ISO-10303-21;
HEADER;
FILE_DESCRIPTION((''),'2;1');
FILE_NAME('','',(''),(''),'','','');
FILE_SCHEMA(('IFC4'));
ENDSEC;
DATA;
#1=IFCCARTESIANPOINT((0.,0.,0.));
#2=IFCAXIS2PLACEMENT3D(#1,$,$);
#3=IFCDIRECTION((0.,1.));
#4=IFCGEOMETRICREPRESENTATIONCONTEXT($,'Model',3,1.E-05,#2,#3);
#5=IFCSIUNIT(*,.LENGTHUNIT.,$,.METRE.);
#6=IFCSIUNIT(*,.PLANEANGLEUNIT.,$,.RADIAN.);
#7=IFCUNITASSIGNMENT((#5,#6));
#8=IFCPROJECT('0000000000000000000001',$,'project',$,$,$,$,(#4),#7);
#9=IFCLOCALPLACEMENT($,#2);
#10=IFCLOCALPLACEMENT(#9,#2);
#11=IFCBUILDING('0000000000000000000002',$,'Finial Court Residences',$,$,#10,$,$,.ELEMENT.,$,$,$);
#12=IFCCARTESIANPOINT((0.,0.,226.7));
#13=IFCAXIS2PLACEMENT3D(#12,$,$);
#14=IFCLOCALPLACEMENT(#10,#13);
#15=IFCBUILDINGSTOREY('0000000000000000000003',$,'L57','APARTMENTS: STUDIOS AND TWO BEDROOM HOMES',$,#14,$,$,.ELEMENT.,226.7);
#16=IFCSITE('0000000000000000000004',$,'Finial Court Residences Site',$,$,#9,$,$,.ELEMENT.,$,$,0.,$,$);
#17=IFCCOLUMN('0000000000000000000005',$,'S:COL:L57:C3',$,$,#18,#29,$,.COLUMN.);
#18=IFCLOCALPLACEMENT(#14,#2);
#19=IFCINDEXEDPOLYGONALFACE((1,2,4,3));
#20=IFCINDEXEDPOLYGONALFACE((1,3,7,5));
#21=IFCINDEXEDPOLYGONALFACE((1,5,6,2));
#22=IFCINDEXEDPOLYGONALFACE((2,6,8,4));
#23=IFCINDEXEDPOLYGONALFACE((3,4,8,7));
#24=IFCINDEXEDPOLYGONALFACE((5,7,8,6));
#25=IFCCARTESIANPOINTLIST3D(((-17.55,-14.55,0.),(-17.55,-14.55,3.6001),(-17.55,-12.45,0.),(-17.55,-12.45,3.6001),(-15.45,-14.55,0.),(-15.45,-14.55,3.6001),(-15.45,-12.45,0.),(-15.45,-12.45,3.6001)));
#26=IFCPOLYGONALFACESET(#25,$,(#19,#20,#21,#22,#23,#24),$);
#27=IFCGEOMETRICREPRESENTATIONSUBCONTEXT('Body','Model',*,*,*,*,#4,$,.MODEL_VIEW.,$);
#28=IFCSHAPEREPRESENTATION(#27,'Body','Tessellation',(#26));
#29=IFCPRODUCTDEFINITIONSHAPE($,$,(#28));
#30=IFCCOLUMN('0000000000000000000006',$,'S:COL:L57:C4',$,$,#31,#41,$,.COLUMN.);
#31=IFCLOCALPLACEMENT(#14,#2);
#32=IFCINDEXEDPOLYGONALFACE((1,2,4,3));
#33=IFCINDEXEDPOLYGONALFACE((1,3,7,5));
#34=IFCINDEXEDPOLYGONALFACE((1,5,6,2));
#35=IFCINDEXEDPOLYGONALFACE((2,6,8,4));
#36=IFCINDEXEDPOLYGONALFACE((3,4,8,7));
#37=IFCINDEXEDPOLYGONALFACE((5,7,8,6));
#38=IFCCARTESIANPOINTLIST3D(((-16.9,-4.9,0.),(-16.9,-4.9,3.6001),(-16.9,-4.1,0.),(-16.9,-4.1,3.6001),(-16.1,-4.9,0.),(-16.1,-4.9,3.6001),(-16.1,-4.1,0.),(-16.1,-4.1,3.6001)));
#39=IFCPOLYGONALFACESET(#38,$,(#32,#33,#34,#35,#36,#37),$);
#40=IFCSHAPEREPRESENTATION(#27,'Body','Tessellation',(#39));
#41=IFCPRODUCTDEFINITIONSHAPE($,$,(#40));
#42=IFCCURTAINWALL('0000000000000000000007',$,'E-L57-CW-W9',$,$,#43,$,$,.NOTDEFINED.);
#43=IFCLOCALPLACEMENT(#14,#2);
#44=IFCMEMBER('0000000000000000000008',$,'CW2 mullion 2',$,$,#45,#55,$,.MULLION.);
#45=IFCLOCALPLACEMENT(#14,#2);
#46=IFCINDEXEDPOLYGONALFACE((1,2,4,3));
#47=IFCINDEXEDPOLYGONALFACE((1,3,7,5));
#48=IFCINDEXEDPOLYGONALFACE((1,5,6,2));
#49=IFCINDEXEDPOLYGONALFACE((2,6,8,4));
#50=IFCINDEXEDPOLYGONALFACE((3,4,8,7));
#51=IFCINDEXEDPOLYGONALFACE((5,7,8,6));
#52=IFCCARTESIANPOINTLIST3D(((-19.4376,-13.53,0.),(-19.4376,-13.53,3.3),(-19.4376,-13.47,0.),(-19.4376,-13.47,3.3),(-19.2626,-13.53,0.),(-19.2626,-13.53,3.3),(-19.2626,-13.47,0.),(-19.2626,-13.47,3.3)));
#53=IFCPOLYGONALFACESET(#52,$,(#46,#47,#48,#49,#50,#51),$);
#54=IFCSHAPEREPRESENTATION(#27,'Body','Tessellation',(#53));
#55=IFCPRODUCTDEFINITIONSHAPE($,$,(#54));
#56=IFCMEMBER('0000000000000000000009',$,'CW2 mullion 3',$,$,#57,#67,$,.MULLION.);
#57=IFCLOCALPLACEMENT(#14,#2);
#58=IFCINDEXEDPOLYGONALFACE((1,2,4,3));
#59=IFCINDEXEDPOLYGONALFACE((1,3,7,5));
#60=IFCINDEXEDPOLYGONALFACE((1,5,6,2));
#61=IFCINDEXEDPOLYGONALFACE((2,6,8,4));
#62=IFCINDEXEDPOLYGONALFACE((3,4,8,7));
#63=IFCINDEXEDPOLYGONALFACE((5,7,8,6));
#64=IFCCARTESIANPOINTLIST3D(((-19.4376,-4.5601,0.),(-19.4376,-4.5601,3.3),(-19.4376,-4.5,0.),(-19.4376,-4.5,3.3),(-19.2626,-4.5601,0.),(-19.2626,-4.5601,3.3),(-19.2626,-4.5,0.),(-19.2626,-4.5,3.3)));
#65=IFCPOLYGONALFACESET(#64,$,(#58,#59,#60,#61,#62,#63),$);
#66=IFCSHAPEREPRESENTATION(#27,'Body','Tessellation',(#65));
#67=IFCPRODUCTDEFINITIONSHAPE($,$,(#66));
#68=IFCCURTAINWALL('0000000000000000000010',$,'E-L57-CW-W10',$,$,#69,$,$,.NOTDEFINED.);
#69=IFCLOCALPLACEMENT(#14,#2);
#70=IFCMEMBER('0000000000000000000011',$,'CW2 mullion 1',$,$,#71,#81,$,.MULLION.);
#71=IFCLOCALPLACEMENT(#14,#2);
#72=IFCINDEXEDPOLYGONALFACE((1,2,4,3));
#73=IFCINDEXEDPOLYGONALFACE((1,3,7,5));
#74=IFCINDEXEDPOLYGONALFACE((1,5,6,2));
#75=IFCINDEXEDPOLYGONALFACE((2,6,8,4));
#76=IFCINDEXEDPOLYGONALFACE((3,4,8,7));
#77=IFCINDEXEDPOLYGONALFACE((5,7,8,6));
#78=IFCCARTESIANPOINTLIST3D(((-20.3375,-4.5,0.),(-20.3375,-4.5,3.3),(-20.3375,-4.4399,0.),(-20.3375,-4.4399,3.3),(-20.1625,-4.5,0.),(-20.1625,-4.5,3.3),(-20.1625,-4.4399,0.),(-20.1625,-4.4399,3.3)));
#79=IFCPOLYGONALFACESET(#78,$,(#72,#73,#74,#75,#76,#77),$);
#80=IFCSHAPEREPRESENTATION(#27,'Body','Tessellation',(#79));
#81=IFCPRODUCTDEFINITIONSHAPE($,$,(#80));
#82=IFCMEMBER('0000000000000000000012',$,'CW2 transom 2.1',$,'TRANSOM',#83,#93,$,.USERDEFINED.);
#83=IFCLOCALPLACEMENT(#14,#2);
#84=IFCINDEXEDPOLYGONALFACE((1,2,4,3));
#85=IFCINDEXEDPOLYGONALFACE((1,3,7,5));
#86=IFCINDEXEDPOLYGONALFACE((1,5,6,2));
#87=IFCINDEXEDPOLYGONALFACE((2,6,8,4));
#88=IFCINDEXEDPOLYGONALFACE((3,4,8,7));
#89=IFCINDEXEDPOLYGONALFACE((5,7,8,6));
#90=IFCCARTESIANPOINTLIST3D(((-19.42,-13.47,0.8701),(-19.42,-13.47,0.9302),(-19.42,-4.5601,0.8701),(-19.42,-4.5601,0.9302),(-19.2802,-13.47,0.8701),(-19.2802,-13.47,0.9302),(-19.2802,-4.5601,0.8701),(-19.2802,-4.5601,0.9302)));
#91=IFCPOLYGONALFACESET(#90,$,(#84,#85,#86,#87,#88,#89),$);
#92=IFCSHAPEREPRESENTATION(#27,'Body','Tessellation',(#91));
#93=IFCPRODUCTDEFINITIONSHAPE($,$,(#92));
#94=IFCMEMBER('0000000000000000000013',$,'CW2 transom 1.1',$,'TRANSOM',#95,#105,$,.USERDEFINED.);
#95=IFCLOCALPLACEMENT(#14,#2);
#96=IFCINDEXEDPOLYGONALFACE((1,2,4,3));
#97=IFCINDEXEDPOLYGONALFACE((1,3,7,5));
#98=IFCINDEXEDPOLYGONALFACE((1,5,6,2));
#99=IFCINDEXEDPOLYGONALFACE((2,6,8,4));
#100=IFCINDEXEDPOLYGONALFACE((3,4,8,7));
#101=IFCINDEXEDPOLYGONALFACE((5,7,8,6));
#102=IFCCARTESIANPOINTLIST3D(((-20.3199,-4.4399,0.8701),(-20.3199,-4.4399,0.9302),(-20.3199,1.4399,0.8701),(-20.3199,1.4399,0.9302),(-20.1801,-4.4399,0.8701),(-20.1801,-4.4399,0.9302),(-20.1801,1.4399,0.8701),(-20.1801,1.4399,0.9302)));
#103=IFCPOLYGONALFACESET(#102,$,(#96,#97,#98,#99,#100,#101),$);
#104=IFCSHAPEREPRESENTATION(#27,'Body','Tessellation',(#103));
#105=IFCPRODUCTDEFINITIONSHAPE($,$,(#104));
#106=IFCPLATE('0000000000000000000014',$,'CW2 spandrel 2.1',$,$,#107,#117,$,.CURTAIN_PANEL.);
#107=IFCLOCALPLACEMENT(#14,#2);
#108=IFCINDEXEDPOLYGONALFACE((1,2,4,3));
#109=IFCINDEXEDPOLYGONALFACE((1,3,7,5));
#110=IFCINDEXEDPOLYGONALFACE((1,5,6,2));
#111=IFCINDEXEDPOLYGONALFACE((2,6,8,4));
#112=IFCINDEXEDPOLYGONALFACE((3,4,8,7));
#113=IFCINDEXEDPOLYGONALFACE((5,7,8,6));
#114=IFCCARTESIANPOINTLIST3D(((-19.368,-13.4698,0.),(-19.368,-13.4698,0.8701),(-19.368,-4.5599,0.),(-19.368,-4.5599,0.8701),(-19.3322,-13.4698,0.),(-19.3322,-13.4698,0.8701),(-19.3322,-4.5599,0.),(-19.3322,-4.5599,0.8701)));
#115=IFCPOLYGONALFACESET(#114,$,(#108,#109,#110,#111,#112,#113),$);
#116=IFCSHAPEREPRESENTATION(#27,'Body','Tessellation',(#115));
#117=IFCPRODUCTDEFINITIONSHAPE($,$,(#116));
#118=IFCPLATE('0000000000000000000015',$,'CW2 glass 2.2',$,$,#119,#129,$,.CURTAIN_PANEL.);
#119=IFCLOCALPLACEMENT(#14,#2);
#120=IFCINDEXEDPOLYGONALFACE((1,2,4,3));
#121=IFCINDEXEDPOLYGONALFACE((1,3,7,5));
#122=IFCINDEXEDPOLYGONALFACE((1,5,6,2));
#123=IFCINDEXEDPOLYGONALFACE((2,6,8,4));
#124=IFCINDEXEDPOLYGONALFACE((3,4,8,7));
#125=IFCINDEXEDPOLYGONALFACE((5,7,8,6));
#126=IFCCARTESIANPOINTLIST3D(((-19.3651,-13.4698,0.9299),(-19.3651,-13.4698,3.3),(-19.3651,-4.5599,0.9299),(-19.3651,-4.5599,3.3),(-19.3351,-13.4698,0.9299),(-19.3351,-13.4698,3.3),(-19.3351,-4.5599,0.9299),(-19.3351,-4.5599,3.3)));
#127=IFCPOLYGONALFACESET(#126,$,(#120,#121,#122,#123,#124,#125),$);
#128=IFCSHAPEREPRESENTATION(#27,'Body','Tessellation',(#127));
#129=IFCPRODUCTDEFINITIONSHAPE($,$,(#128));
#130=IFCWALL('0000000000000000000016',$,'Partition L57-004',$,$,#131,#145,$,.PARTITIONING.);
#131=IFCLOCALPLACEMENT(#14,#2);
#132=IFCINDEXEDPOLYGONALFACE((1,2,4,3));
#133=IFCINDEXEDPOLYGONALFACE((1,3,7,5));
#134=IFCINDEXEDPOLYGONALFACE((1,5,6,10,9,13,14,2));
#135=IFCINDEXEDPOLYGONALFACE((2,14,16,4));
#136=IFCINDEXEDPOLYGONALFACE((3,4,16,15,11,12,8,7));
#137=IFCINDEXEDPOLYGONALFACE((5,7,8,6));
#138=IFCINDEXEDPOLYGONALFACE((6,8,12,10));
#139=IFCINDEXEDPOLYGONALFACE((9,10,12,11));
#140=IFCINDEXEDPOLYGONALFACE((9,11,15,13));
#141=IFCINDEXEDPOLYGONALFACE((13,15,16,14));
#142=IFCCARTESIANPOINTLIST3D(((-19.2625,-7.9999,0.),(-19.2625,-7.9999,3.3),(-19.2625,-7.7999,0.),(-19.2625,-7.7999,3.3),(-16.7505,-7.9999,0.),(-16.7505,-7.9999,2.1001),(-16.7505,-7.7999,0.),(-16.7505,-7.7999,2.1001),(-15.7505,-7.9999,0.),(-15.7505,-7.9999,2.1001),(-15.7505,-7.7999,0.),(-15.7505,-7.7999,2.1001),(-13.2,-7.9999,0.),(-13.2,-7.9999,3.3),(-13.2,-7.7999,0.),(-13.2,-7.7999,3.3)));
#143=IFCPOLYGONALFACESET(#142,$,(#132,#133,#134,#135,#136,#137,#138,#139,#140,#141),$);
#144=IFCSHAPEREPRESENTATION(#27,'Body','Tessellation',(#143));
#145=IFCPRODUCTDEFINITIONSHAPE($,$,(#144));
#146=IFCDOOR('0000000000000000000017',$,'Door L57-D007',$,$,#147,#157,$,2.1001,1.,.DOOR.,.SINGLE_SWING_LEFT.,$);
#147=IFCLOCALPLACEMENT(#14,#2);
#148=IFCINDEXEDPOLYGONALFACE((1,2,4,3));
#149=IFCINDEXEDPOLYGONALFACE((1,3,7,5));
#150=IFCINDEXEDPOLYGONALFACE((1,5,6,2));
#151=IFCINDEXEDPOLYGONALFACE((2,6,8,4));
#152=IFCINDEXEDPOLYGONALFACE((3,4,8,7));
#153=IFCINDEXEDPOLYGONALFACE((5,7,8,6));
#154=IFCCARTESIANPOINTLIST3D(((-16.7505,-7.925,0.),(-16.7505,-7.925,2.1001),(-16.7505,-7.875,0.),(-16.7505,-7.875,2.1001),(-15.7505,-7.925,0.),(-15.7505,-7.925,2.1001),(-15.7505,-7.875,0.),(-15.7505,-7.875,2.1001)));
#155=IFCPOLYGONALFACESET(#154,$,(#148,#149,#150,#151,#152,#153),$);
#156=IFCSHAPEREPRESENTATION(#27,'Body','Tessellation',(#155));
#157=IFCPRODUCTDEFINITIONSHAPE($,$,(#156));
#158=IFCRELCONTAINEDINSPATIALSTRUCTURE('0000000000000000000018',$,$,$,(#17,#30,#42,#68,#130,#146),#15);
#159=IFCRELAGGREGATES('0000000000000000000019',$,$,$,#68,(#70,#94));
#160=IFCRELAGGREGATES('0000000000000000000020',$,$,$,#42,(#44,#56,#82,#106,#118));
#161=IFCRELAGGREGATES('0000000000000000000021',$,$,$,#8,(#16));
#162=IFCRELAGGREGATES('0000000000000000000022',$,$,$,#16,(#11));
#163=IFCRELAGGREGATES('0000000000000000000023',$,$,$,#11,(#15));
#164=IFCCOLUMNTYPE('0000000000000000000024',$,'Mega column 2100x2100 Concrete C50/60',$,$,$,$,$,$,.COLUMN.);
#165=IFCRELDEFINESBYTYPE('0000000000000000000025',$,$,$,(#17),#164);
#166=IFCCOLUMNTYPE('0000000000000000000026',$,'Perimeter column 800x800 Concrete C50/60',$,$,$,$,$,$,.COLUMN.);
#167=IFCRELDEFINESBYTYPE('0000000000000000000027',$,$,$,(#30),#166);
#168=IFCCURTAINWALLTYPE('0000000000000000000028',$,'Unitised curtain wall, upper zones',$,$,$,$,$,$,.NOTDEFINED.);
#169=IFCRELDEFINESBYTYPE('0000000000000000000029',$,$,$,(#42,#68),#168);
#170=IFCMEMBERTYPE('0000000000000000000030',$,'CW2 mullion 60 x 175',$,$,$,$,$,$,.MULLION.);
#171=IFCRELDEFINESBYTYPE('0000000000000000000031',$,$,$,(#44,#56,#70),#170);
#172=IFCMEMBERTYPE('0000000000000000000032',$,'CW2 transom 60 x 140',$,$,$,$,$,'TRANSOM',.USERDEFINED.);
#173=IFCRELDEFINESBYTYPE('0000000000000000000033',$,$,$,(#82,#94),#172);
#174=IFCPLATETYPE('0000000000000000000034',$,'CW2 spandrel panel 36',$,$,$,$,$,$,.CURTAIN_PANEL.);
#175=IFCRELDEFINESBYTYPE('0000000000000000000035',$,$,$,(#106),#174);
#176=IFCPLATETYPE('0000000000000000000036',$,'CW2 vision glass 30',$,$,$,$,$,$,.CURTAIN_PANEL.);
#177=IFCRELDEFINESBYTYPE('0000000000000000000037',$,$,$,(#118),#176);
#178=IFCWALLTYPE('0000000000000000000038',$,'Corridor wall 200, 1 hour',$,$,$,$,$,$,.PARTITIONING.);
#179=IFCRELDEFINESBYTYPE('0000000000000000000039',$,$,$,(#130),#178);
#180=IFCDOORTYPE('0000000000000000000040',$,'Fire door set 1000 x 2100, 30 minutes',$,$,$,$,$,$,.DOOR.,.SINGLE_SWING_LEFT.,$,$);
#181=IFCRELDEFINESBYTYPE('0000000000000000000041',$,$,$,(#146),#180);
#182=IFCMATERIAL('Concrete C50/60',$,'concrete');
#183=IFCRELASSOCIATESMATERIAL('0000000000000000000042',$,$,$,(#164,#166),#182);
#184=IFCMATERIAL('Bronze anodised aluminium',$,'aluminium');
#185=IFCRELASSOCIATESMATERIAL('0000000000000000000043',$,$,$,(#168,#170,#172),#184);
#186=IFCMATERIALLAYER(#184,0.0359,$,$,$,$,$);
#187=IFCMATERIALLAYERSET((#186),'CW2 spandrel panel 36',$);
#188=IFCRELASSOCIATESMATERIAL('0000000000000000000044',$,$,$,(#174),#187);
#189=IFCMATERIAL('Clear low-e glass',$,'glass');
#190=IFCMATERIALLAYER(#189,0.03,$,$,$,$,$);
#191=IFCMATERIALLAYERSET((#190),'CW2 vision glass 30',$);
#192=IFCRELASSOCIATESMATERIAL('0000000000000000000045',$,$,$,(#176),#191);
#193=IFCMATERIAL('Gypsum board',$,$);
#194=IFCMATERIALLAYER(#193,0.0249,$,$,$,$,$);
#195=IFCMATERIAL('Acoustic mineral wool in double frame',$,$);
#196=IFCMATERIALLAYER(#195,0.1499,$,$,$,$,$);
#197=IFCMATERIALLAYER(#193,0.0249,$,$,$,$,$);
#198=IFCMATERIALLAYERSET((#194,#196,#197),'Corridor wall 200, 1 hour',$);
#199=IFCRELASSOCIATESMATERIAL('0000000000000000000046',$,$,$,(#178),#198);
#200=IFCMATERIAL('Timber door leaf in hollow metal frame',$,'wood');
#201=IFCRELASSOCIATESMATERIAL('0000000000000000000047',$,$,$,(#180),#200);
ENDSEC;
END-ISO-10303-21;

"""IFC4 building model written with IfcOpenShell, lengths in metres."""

from ifc_helpers import new_model, si_unit, direction, frame, frame_2d, origin, origin_2d, place, context, subcontext, project, spatial, rectangle, extrude, material, layer, layer_set, material_profile, profile_set, type_object, element, fill, aggregate, save


model = new_model("IFC4")

# Units and contexts
model_context = context("Model", 3, precision=1e-05, world=origin(), true_north=direction((0.0, 1.0)))
body_context = subcontext(model_context, "Body", "Model", "MODEL_VIEW")
ifc_project = project(units=[si_unit("LENGTHUNIT", "METRE"), si_unit("PLANEANGLEUNIT", "RADIAN")], contexts=[model_context])

# Site, building, storey
site_placement = place(None, origin())
site = spatial("IfcSite", under=ifc_project, at=site_placement, Name="Finial Court Residences Site", CompositionType="ELEMENT", RefElevation=0.0)
building_placement = place(site_placement, origin())
building = spatial("IfcBuilding", under=site, at=building_placement, Name="Finial Court Residences", CompositionType="ELEMENT")
storey_placement = place(building_placement, frame((0.0, 0.0, 226.7)))
storey = spatial("IfcBuildingStorey", under=building, at=storey_placement, Name="L57", Description="APARTMENTS: STUDIOS AND TWO BEDROOM HOMES", CompositionType="ELEMENT", Elevation=226.7)

# Columns
ifc_material_1 = material(Name="Concrete C50/60", Category="concrete")
ifc_material_profile_1 = material_profile(ifc_material_1, rectangle(XDim=2.1001, YDim=2.1001, at=origin_2d()), Name="2100x2100")
ifc_profile_set_1 = profile_set([ifc_material_profile_1], Name="Concrete C50/60")
column_type_1 = type_object("IfcColumnType", Name="Mega column 2100x2100 Concrete C50/60", PredefinedType="COLUMN", material=ifc_profile_set_1)
column_1_placement = place(storey_placement, frame((-16.5, -13.5, 0.0), z_axis=(0.0, 0.0, 1.0), x_axis=(1.0, 0.0, 0.0)))
element("IfcColumn", 1, at=column_1_placement, inside=storey, type_object=column_type_1, Name="S:COL:L57:C3", PredefinedType="COLUMN", context=body_context, shape_type="SweptSolid", body=[
    extrude(rectangle(XDim=2.1001, YDim=2.1001, at=origin_2d()), origin(), (0.0, 0.0, 1.0), 3.6001),
])
ifc_material_profile_2 = material_profile(ifc_material_1, rectangle(XDim=0.8, YDim=0.8, at=origin_2d()), Name="800x800")
ifc_profile_set_2 = profile_set([ifc_material_profile_2], Name="Concrete C50/60")
column_type_2 = type_object("IfcColumnType", Name="Perimeter column 800x800 Concrete C50/60", PredefinedType="COLUMN", material=ifc_profile_set_2)
column_2_placement = place(storey_placement, frame((-16.5, -4.5, 0.0), z_axis=(0.0, 0.0, 1.0), x_axis=(1.0, 0.0, 0.0)))
element("IfcColumn", 2, at=column_2_placement, inside=storey, type_object=column_type_2, Name="S:COL:L57:C4", PredefinedType="COLUMN", context=body_context, shape_type="SweptSolid", body=[
    extrude(rectangle(XDim=0.8, YDim=0.8, at=origin_2d()), origin(), (0.0, 0.0, 1.0), 3.6001),
])

# Curtain wall, members
ifc_material_2 = material(Name="Bronze anodised aluminium", Category="aluminium")
curtain_wall_type = type_object("IfcCurtainWallType", Name="Unitised curtain wall, upper zones", PredefinedType="NOTDEFINED", material=ifc_material_2)
curtain_wall_1_placement = place(storey_placement, origin())
curtain_wall_1 = element("IfcCurtainWall", 3, at=curtain_wall_1_placement, inside=storey, type_object=curtain_wall_type, Name="E-L57-CW-W9", PredefinedType="NOTDEFINED")
ifc_material_profile_3 = material_profile(ifc_material_2, rectangle(XDim=0.175, YDim=0.0601, at=origin_2d()), Name="CW2 mullion 60 x 175")
ifc_profile_set_3 = profile_set([ifc_material_profile_3], Name="Bronze anodised aluminium")
member_type_1 = type_object("IfcMemberType", Name="CW2 mullion 60 x 175", PredefinedType="MULLION", material=ifc_profile_set_3)
member_1_placement = place(storey_placement, frame((-19.3501, -13.5, 0.0), z_axis=(0.0, 0.0, 1.0), x_axis=(-1.0, 0.0, 0.0)))
member_1 = element("IfcMember", 4, at=member_1_placement, type_object=member_type_1, Name="CW2 mullion 2", PredefinedType="MULLION", context=body_context, shape_type="SweptSolid", body=[
    extrude(rectangle(XDim=0.175, YDim=0.0601, at=origin_2d()), origin(), (0.0, 0.0, 1.0), 3.3),
])
member_2_placement = place(storey_placement, frame((-19.3501, -4.53, 0.0), z_axis=(0.0, 0.0, 1.0), x_axis=(-1.0, 0.0, 0.0)))
member_2 = element("IfcMember", 5, at=member_2_placement, type_object=member_type_1, Name="CW2 mullion 3", PredefinedType="MULLION", context=body_context, shape_type="SweptSolid", body=[
    extrude(rectangle(XDim=0.175, YDim=0.0601, at=origin_2d()), origin(), (0.0, 0.0, 1.0), 3.3),
])

# Curtain wall, member
curtain_wall_2_placement = place(storey_placement, origin())
curtain_wall_2 = element("IfcCurtainWall", 6, at=curtain_wall_2_placement, inside=storey, type_object=curtain_wall_type, Name="E-L57-CW-W10", PredefinedType="NOTDEFINED")
member_3_placement = place(storey_placement, frame((-20.25, -4.47, 0.0), z_axis=(0.0, 0.0, 1.0), x_axis=(-1.0, 0.0, 0.0)))
member_3 = element("IfcMember", 7, at=member_3_placement, type_object=member_type_1, Name="CW2 mullion 1", PredefinedType="MULLION", context=body_context, shape_type="SweptSolid", body=[
    extrude(rectangle(XDim=0.175, YDim=0.0601, at=origin_2d()), origin(), (0.0, 0.0, 1.0), 3.3),
])

# Members
ifc_material_profile_4 = material_profile(ifc_material_2, rectangle(XDim=0.1399, YDim=0.0601, at=origin_2d()), Name="CW2 transom 60 x 140")
ifc_profile_set_4 = profile_set([ifc_material_profile_4], Name="Bronze anodised aluminium")
member_type_2 = type_object("IfcMemberType", Name="CW2 transom 60 x 140", ElementType="TRANSOM", PredefinedType="USERDEFINED", material=ifc_profile_set_4)
member_4_placement = place(storey_placement, frame((-19.3501, -13.47, 0.9001), z_axis=(0.0, 1.0, 0.0), x_axis=(-1.0, 0.0, 0.0)))
member_4 = element("IfcMember", 8, at=member_4_placement, type_object=member_type_2, Name="CW2 transom 2.1", ObjectType="TRANSOM", PredefinedType="USERDEFINED", context=body_context, shape_type="SweptSolid", body=[
    extrude(rectangle(XDim=0.1399, YDim=0.0601, at=origin_2d()), origin(), (0.0, 0.0, 1.0), 8.9099),
])
member_5_placement = place(storey_placement, frame((-20.25, -4.4399, 0.9001), z_axis=(0.0, 1.0, 0.0), x_axis=(-1.0, 0.0, 0.0)))
member_5 = element("IfcMember", 9, at=member_5_placement, type_object=member_type_2, Name="CW2 transom 1.1", ObjectType="TRANSOM", PredefinedType="USERDEFINED", context=body_context, shape_type="SweptSolid", body=[
    extrude(rectangle(XDim=0.1399, YDim=0.0601, at=origin_2d()), origin(), (0.0, 0.0, 1.0), 5.8799),
])
aggregate(curtain_wall_2, [member_3, member_5])

# Plates
ifc_layer_1 = layer(ifc_material_2, 0.0359)
ifc_layer_set_1 = layer_set([ifc_layer_1], Name="CW2 spandrel panel 36")
plate_type_1 = type_object("IfcPlateType", Name="CW2 spandrel panel 36", PredefinedType="CURTAIN_PANEL", material=ifc_layer_set_1)
plate_1_placement = place(storey_placement, frame((-19.3501, -9.0149, 0.0), z_axis=(0.0, 0.0, 1.0), x_axis=(0.0, 1.0, 0.0)))
plate_1 = element("IfcPlate", 10, at=plate_1_placement, type_object=plate_type_1, Name="CW2 spandrel 2.1", PredefinedType="CURTAIN_PANEL", context=body_context, shape_type="SweptSolid", body=[
    extrude(rectangle(XDim=8.9099, YDim=0.0359, at=origin_2d()), origin(), (0.0, 0.0, 1.0), 0.8701),
])
ifc_material_3 = material(Name="Clear low-e glass", Category="glass")
ifc_layer_2 = layer(ifc_material_3, 0.03)
ifc_layer_set_2 = layer_set([ifc_layer_2], Name="CW2 vision glass 30")
plate_type_2 = type_object("IfcPlateType", Name="CW2 vision glass 30", PredefinedType="CURTAIN_PANEL", material=ifc_layer_set_2)
plate_2_placement = place(storey_placement, frame((-19.3501, -9.0149, 0.9299), z_axis=(0.0, 0.0, 1.0), x_axis=(0.0, 1.0, 0.0)))
plate_2 = element("IfcPlate", 11, at=plate_2_placement, type_object=plate_type_2, Name="CW2 glass 2.2", PredefinedType="CURTAIN_PANEL", context=body_context, shape_type="SweptSolid", body=[
    extrude(rectangle(XDim=8.9099, YDim=0.03, at=origin_2d()), origin(), (0.0, 0.0, 1.0), 2.3701),
])
aggregate(curtain_wall_1, [member_1, member_2, member_4, plate_1, plate_2])

# Wall, opening, door
ifc_material_4 = material(Name="Gypsum board")
ifc_layer_3 = layer(ifc_material_4, 0.0249)
ifc_material_5 = material(Name="Acoustic mineral wool in double frame")
ifc_layer_4 = layer(ifc_material_5, 0.1499)
ifc_layer_5 = layer(ifc_material_4, 0.0249)
ifc_layer_set_3 = layer_set([ifc_layer_3, ifc_layer_4, ifc_layer_5], Name="Corridor wall 200, 1 hour")
wall_type_1 = type_object("IfcWallType", Name="Corridor wall 200, 1 hour", PredefinedType="PARTITIONING", material=ifc_layer_set_3)
wall_1_placement = place(storey_placement, frame((-19.2625, -7.8999, 0.0), z_axis=(0.0, 0.0, 1.0), x_axis=(1.0, 0.0, 0.0)))
wall_1 = element("IfcWall", 12, at=wall_1_placement, inside=storey, type_object=wall_type_1, Name="Partition L57-004", PredefinedType="PARTITIONING", context=body_context, shape_type="SweptSolid", body=[
    extrude(rectangle(XDim=6.0625, YDim=0.2, at=frame_2d((3.0312, 0.0))), origin(), (0.0, 0.0, 1.0), 3.3),
])
opening_1_placement = place(wall_1_placement, frame((2.512, 0.0, 0.0)))
opening_1 = element("IfcOpeningElement", 13, at=opening_1_placement, cuts=wall_1, PredefinedType="OPENING", context=body_context, shape_type="SweptSolid", body=[
    extrude(rectangle(XDim=1.0, YDim=2.1001, at=frame_2d((0.5, 1.05))), frame((0.0, 0.1099, 0.0), z_axis=(0.0, -1.0, 0.0), x_axis=(1.0, 0.0, 0.0)), (0.0, 0.0, 1.0), 0.22),
])
ifc_material_6 = material(Name="Timber door leaf in hollow metal frame", Category="wood")
door_type_1 = type_object("IfcDoorType", Name="Fire door set 1000 x 2100, 30 minutes", OperationType="SINGLE_SWING_LEFT", PredefinedType="DOOR", material=ifc_material_6)
door_1_placement = place(opening_1_placement, origin())
door_1 = element("IfcDoor", 14, at=door_1_placement, inside=storey, type_object=door_type_1, Name="Door L57-D007", OperationType="SINGLE_SWING_LEFT", OverallHeight=2.1001, OverallWidth=1.0, PredefinedType="DOOR", context=body_context, shape_type="SweptSolid", body=[
    extrude(rectangle(XDim=1.0, YDim=2.1001, at=frame_2d((0.5, 1.05))), frame((0.0, 0.0249, 0.0), z_axis=(0.0, -1.0, 0.0), x_axis=(1.0, 0.0, 0.0)), (0.0, 0.0, 1.0), 0.05),
])
fill(opening_1, door_1)

save(model, "model.ifc")
